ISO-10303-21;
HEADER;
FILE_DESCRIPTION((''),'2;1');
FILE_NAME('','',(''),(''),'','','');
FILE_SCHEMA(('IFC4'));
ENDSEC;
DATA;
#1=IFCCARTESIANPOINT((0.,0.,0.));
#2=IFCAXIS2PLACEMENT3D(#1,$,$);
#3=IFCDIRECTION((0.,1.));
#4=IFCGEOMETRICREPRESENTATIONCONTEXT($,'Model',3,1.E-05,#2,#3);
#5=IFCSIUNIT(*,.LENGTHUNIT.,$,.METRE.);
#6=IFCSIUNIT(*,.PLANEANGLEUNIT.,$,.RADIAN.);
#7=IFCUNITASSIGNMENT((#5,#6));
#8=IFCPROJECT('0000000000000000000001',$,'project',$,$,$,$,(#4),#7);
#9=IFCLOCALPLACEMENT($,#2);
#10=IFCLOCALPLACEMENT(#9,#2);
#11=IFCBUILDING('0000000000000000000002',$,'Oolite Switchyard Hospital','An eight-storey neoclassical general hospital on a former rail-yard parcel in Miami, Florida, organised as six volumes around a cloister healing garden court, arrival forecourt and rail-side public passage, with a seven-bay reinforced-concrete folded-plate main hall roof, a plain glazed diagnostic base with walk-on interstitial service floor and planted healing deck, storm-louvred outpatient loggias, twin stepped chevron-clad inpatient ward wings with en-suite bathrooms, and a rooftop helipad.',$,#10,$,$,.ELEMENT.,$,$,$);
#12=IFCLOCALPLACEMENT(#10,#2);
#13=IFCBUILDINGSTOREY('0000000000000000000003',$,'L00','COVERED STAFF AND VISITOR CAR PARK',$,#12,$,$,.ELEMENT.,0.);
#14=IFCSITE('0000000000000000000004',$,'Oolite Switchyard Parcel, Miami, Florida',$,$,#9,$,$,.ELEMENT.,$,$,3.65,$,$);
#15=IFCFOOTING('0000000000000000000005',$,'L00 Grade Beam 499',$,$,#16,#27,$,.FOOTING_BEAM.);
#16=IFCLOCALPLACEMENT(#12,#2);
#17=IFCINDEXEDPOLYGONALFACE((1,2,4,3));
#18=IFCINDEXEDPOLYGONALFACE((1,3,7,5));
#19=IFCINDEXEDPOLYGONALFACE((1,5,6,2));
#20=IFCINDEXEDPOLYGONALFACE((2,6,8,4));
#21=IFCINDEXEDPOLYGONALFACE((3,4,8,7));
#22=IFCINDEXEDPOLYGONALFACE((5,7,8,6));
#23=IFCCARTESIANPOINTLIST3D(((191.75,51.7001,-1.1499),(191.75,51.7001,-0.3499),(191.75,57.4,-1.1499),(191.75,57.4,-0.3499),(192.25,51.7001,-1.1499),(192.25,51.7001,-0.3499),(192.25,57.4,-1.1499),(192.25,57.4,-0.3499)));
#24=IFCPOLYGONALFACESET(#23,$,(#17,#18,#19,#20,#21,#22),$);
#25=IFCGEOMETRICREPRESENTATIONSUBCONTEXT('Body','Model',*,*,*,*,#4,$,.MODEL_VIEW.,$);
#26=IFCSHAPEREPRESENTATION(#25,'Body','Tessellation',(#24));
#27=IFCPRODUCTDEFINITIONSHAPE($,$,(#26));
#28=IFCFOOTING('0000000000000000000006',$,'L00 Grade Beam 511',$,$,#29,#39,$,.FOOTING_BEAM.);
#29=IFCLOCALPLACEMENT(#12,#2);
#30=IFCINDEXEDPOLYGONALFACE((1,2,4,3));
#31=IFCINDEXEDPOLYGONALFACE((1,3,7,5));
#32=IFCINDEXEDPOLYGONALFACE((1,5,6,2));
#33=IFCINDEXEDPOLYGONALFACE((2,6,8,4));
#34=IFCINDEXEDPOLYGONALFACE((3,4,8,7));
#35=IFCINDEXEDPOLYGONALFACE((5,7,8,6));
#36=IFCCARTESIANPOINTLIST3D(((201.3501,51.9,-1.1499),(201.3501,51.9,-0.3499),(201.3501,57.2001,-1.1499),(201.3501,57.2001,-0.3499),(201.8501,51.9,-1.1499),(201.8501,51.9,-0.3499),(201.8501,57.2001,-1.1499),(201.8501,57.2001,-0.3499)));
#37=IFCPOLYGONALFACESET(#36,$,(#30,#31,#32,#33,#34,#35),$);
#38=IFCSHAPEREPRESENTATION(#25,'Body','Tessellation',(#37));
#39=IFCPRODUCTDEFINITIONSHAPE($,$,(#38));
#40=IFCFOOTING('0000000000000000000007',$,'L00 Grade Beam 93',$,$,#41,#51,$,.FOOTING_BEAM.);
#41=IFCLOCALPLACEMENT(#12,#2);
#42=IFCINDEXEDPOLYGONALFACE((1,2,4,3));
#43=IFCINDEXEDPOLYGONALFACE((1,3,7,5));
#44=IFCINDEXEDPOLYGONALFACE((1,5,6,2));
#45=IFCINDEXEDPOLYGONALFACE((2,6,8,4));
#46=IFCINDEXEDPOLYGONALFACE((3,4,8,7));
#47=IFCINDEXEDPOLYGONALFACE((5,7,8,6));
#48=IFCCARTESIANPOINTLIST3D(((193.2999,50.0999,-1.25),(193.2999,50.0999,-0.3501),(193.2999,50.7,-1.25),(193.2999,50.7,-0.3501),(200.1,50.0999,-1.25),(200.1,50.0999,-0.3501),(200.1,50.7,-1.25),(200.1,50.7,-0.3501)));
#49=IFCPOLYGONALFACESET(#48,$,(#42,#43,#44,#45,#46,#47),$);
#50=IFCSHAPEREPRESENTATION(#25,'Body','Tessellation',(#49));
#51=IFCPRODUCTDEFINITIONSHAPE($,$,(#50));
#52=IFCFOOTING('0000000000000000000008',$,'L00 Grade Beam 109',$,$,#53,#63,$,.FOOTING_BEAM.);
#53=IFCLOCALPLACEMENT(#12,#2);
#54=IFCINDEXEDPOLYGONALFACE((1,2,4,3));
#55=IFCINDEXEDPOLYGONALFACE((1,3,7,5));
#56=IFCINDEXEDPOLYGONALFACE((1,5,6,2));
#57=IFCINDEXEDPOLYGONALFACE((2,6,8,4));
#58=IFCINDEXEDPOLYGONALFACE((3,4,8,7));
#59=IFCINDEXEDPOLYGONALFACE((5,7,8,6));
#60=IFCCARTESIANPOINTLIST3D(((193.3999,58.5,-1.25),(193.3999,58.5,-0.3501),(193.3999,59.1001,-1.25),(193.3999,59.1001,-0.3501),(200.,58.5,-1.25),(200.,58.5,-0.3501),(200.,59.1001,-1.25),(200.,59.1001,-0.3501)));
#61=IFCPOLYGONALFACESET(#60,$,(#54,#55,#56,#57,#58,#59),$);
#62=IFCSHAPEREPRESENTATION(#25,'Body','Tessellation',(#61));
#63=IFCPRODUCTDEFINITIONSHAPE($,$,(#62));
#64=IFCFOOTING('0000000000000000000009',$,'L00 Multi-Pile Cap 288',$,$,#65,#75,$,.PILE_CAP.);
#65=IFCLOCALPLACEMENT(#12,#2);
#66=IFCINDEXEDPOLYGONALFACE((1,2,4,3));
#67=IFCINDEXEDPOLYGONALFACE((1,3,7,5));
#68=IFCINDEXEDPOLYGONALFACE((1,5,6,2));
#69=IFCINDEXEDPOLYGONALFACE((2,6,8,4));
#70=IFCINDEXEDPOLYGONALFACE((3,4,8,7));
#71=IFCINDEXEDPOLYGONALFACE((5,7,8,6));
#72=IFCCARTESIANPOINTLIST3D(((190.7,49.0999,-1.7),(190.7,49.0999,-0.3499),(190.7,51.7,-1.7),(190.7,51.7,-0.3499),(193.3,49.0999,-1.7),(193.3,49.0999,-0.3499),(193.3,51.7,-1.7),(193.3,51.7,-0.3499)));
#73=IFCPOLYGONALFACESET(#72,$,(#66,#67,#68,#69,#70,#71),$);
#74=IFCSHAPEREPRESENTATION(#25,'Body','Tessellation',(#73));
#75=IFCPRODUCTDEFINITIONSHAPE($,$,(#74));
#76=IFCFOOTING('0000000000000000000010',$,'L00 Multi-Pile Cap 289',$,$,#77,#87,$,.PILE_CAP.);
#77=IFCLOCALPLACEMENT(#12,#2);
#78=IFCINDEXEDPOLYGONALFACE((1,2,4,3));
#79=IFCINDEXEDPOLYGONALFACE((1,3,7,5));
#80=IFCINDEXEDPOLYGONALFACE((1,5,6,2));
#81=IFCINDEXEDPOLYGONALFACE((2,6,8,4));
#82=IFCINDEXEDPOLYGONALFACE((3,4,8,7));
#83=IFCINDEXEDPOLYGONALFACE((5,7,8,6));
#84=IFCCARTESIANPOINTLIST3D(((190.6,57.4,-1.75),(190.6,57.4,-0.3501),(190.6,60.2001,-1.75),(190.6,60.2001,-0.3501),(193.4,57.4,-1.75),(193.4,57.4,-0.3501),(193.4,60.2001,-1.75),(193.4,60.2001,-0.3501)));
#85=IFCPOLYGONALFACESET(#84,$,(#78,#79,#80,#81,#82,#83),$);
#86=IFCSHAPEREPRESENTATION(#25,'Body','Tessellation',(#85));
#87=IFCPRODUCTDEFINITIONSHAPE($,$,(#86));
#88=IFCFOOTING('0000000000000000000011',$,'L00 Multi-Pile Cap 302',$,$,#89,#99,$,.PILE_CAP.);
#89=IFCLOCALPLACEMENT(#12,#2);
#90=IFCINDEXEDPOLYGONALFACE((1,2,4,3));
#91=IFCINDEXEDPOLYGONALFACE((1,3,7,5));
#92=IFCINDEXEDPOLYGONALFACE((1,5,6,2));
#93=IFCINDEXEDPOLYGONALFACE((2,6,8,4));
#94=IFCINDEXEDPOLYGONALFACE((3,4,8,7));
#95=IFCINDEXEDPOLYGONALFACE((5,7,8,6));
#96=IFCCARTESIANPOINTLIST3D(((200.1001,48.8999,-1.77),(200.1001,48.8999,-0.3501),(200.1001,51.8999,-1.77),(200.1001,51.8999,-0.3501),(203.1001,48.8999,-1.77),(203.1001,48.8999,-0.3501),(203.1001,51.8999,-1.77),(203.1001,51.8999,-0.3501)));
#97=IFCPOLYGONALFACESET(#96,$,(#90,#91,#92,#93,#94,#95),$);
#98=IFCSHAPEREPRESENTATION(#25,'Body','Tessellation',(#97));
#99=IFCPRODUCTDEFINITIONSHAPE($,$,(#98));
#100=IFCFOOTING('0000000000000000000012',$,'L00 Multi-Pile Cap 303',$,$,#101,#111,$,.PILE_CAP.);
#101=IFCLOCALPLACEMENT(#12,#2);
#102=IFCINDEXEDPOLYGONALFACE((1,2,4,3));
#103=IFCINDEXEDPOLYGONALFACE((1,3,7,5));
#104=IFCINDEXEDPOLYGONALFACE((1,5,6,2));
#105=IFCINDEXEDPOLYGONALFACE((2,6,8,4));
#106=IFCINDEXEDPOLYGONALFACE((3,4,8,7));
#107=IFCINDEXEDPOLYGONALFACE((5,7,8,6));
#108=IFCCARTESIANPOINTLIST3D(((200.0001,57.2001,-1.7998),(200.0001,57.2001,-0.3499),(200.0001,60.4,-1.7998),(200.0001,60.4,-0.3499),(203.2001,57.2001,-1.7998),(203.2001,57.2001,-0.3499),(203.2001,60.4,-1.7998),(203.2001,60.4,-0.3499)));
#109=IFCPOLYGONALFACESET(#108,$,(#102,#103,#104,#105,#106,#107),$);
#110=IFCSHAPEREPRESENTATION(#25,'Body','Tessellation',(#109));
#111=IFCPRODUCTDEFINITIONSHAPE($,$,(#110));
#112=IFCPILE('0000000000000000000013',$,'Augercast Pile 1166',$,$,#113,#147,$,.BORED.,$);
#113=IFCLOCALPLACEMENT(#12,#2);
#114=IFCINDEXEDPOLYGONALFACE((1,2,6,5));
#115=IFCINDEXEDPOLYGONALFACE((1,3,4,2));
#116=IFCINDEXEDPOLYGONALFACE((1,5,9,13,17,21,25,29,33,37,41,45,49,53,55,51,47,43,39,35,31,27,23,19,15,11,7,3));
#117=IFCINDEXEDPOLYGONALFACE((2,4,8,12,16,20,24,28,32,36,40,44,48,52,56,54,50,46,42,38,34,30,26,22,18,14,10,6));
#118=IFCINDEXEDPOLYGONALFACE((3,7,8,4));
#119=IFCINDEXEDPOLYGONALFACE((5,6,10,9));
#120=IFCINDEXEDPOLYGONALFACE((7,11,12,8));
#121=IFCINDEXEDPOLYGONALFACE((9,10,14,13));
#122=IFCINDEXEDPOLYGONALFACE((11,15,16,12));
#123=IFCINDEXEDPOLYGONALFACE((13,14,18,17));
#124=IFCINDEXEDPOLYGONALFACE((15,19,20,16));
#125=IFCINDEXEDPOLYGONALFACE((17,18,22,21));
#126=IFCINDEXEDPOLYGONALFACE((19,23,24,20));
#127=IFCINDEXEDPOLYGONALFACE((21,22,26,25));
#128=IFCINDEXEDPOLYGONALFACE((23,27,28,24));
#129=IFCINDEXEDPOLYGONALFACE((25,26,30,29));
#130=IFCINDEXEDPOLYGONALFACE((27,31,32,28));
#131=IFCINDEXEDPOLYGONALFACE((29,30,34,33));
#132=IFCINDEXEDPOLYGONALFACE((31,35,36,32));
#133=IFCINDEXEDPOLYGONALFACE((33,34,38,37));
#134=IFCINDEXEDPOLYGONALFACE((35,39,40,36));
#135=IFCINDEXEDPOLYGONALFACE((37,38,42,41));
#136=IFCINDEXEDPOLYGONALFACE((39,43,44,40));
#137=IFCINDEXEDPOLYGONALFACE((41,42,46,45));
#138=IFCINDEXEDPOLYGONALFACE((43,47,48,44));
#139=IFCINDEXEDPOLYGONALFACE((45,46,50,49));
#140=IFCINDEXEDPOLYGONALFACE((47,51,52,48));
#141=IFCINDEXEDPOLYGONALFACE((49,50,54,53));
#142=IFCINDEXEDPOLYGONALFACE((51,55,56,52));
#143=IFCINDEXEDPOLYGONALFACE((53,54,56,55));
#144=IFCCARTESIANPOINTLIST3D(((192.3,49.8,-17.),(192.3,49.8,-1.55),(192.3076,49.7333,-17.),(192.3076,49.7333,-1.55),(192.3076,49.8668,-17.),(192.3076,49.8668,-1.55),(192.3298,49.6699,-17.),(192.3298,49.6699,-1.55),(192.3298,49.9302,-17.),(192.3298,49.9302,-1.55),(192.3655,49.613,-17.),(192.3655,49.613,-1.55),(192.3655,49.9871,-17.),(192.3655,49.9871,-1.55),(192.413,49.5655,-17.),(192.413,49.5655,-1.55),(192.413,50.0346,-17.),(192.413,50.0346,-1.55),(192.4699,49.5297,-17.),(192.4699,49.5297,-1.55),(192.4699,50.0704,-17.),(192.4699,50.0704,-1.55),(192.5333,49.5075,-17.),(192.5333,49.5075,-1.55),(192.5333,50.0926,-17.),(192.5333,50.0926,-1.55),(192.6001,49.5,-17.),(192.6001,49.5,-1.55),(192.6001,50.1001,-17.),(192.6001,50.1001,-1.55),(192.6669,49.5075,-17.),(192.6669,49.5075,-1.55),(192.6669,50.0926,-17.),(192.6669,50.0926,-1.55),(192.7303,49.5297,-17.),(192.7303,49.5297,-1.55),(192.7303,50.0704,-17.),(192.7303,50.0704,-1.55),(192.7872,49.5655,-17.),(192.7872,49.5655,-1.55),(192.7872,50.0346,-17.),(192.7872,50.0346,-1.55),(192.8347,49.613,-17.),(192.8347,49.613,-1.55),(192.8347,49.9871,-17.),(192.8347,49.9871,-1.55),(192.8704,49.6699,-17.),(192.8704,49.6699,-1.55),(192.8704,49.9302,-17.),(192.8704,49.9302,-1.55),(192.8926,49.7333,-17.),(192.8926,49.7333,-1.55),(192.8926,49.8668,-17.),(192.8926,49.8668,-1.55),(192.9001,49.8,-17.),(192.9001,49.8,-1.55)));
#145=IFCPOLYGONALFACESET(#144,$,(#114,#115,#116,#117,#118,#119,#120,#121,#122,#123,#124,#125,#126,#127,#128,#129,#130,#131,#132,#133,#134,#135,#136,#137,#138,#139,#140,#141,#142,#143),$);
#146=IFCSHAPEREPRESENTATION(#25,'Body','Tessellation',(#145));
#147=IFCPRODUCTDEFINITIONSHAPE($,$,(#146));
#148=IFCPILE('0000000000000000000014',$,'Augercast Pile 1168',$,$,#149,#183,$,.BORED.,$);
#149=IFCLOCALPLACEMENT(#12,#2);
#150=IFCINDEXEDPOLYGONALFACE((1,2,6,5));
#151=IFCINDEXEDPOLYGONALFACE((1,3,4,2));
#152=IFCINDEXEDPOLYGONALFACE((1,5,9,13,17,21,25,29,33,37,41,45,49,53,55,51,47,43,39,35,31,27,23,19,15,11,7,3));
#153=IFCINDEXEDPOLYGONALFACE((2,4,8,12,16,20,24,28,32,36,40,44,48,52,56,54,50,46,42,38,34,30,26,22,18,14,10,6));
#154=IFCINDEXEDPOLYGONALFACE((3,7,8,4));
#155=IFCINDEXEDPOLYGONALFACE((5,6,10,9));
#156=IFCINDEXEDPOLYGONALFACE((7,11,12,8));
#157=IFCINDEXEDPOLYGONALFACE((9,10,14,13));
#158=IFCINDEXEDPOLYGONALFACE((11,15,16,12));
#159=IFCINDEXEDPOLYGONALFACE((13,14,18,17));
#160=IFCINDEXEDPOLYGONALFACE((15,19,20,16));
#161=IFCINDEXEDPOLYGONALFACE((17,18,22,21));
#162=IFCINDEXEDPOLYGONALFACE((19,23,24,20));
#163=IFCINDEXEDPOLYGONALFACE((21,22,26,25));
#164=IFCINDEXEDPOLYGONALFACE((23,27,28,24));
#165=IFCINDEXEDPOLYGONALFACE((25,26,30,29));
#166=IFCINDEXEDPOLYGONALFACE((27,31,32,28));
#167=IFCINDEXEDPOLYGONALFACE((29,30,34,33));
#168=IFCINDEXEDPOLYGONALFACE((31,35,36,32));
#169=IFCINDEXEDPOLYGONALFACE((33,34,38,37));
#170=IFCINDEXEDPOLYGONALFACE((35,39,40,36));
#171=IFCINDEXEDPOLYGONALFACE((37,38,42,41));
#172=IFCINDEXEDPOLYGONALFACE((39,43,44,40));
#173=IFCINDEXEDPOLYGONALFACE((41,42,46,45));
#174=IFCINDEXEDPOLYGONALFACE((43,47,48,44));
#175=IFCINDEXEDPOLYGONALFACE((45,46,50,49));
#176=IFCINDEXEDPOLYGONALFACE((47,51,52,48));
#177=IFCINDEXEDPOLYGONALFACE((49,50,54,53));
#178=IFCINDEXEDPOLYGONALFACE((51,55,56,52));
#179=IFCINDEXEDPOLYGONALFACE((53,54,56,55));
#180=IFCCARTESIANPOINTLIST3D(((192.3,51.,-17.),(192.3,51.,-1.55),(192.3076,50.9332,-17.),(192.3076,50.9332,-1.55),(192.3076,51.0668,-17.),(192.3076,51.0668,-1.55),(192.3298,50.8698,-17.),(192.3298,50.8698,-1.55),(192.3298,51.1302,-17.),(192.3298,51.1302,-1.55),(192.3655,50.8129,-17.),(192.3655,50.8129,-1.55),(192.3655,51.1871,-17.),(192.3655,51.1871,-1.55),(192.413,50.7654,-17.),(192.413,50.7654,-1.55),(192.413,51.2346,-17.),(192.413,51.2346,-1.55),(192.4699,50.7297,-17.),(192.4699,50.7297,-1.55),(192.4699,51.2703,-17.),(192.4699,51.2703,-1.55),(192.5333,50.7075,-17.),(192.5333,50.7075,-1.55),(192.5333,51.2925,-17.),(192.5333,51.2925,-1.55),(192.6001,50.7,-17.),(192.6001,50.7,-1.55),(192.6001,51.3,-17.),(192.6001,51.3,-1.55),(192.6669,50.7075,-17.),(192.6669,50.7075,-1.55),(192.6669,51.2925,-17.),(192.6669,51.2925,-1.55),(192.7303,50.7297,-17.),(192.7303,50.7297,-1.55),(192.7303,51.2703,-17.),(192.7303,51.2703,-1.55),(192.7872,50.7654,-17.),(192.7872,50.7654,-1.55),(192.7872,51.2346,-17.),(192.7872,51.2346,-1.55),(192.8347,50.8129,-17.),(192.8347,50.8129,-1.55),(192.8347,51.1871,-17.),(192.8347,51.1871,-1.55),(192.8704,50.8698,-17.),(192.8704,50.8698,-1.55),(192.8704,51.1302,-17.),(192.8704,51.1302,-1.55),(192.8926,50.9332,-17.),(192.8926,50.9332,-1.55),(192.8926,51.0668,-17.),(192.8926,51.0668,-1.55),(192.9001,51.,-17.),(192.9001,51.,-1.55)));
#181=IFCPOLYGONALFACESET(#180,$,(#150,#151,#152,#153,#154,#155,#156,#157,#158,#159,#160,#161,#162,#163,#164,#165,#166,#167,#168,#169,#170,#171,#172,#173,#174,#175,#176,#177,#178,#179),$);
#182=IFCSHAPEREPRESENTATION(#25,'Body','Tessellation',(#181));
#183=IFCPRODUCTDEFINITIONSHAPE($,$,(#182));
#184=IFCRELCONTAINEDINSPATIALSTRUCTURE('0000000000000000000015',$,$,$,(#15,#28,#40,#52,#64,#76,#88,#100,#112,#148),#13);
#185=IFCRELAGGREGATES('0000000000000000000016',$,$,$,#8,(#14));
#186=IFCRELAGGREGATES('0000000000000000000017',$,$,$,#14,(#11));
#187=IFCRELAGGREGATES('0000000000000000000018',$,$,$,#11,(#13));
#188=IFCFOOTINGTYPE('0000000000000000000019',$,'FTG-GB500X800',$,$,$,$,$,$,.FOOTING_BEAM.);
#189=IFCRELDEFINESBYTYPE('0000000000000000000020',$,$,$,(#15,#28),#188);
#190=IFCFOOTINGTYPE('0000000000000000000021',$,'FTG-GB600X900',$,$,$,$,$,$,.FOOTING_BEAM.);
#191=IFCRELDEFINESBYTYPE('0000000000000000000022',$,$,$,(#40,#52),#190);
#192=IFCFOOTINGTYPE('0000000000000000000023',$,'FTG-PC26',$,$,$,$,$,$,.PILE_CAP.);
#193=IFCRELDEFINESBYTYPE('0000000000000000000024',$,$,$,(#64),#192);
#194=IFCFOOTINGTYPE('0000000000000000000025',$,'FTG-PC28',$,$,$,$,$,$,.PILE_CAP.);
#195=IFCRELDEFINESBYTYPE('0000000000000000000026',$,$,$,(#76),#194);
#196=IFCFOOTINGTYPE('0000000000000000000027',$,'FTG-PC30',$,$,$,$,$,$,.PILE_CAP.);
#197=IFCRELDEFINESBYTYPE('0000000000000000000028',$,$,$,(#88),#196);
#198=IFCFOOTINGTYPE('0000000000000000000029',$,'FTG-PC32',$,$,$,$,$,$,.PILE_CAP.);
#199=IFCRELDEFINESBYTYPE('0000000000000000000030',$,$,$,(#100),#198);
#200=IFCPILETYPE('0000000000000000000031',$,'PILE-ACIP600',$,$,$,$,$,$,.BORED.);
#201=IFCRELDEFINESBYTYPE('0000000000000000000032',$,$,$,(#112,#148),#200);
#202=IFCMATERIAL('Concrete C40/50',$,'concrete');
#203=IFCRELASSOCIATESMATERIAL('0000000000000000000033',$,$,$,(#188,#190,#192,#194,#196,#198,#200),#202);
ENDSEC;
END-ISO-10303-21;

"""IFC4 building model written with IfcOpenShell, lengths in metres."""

from ifc_helpers import new_model, si_unit, direction, frame, origin, origin_2d, place, context, subcontext, project, spatial, rectangle, circle, extrude, material, material_profile, profile_set, type_object, element, save


model = new_model("IFC4")

# Units and contexts
model_context = context("Model", 3, precision=1e-05, world=origin(), true_north=direction((0.0, 1.0)))
body_context = subcontext(model_context, "Body", "Model", "MODEL_VIEW")
ifc_project = project(units=[si_unit("LENGTHUNIT", "METRE"), si_unit("PLANEANGLEUNIT", "RADIAN")], contexts=[model_context])

# Site, building, storey
site_placement = place(None, origin())
site = spatial("IfcSite", under=ifc_project, at=site_placement, Name="Oolite Switchyard Parcel, Miami, Florida", CompositionType="ELEMENT", RefElevation=3.65)
building_placement = place(site_placement, origin())
building = spatial("IfcBuilding", under=site, at=building_placement, Name="Oolite Switchyard Hospital", Description="An eight-storey neoclassical general hospital on a former rail-yard parcel in Miami, Florida, organised as six volumes around a cloister healing garden court, arrival forecourt and rail-side public passage, with a seven-bay reinforced-concrete folded-plate main hall roof, a plain glazed diagnostic base with walk-on interstitial service floor and planted healing deck, storm-louvred outpatient loggias, twin stepped chevron-clad inpatient ward wings with en-suite bathrooms, and a rooftop helipad.", CompositionType="ELEMENT")
storey_placement = place(building_placement, origin())
storey = spatial("IfcBuildingStorey", under=building, at=storey_placement, Name="L00", Description="COVERED STAFF AND VISITOR CAR PARK", CompositionType="ELEMENT", Elevation=0.0)

# Footings
ifc_material_1 = material(Name="Concrete C40/50", Category="concrete")
footing_type_1 = type_object("IfcFootingType", Name="FTG-GB500X800", PredefinedType="FOOTING_BEAM", material=ifc_material_1)
footing_1_placement = place(storey_placement, frame((192.0, 54.55, -1.1499), z_axis=(0.0, 0.0, 1.0), x_axis=(0.0, 1.0, 0.0)))
element("IfcFooting", 1, at=footing_1_placement, inside=storey, type_object=footing_type_1, Name="L00 Grade Beam 499", PredefinedType="FOOTING_BEAM", context=body_context, shape_type="SweptSolid", body=[
    extrude(rectangle(XDim=5.7, YDim=0.5, at=origin_2d()), origin(), (0.0, 0.0, 1.0), 0.8),
])
footing_2_placement = place(storey_placement, frame((201.6001, 54.55, -1.1499), z_axis=(0.0, 0.0, 1.0), x_axis=(0.0, 1.0, 0.0)))
element("IfcFooting", 2, at=footing_2_placement, inside=storey, type_object=footing_type_1, Name="L00 Grade Beam 511", PredefinedType="FOOTING_BEAM", context=body_context, shape_type="SweptSolid", body=[
    extrude(rectangle(XDim=5.3, YDim=0.5, at=origin_2d()), origin(), (0.0, 0.0, 1.0), 0.8),
])
footing_type_2 = type_object("IfcFootingType", Name="FTG-GB600X900", PredefinedType="FOOTING_BEAM", material=ifc_material_1)
footing_3_placement = place(storey_placement, frame((196.7, 50.3999, -1.25), z_axis=(0.0, 0.0, 1.0), x_axis=(1.0, 0.0, 0.0)))
element("IfcFooting", 3, at=footing_3_placement, inside=storey, type_object=footing_type_2, Name="L00 Grade Beam 93", PredefinedType="FOOTING_BEAM", context=body_context, shape_type="SweptSolid", body=[
    extrude(rectangle(XDim=6.8, YDim=0.6001, at=origin_2d()), origin(), (0.0, 0.0, 1.0), 0.8999),
])
footing_4_placement = place(storey_placement, frame((196.7, 58.8, -1.25), z_axis=(0.0, 0.0, 1.0), x_axis=(1.0, 0.0, 0.0)))
element("IfcFooting", 4, at=footing_4_placement, inside=storey, type_object=footing_type_2, Name="L00 Grade Beam 109", PredefinedType="FOOTING_BEAM", context=body_context, shape_type="SweptSolid", body=[
    extrude(rectangle(XDim=6.6001, YDim=0.6001, at=origin_2d()), origin(), (0.0, 0.0, 1.0), 0.8999),
])
footing_type_3 = type_object("IfcFootingType", Name="FTG-PC26", PredefinedType="PILE_CAP", material=ifc_material_1)
footing_5_placement = place(storey_placement, frame((192.0, 50.3999, -1.7), z_axis=(0.0, 0.0, 1.0), x_axis=(1.0, 0.0, 0.0)))
element("IfcFooting", 5, at=footing_5_placement, inside=storey, type_object=footing_type_3, Name="L00 Multi-Pile Cap 288", PredefinedType="PILE_CAP", context=body_context, shape_type="SweptSolid", body=[
    extrude(rectangle(XDim=2.6001, YDim=2.6001, at=origin_2d()), origin(), (0.0, 0.0, 1.0), 1.3501),
])
footing_type_4 = type_object("IfcFootingType", Name="FTG-PC28", PredefinedType="PILE_CAP", material=ifc_material_1)
footing_6_placement = place(storey_placement, frame((192.0, 58.8, -1.75), z_axis=(0.0, 0.0, 1.0), x_axis=(1.0, 0.0, 0.0)))
element("IfcFooting", 6, at=footing_6_placement, inside=storey, type_object=footing_type_4, Name="L00 Multi-Pile Cap 289", PredefinedType="PILE_CAP", context=body_context, shape_type="SweptSolid", body=[
    extrude(rectangle(XDim=2.8, YDim=2.8, at=origin_2d()), origin(), (0.0, 0.0, 1.0), 1.3999),
])
footing_type_5 = type_object("IfcFootingType", Name="FTG-PC30", PredefinedType="PILE_CAP", material=ifc_material_1)
footing_7_placement = place(storey_placement, frame((201.6001, 50.3999, -1.77), z_axis=(0.0, 0.0, 1.0), x_axis=(1.0, 0.0, 0.0)))
element("IfcFooting", 7, at=footing_7_placement, inside=storey, type_object=footing_type_5, Name="L00 Multi-Pile Cap 302", PredefinedType="PILE_CAP", context=body_context, shape_type="SweptSolid", body=[
    extrude(rectangle(XDim=3.0, YDim=3.0, at=origin_2d()), origin(), (0.0, 0.0, 1.0), 1.4199),
])
footing_type_6 = type_object("IfcFootingType", Name="FTG-PC32", PredefinedType="PILE_CAP", material=ifc_material_1)
footing_8_placement = place(storey_placement, frame((201.6001, 58.8, -1.7998), z_axis=(0.0, 0.0, 1.0), x_axis=(1.0, 0.0, 0.0)))
element("IfcFooting", 8, at=footing_8_placement, inside=storey, type_object=footing_type_6, Name="L00 Multi-Pile Cap 303", PredefinedType="PILE_CAP", context=body_context, shape_type="SweptSolid", body=[
    extrude(rectangle(XDim=3.2, YDim=3.2, at=origin_2d()), origin(), (0.0, 0.0, 1.0), 1.45),
])

# Piles
ifc_material_profile_1 = material_profile(ifc_material_1, circle(Radius=0.3, at=origin_2d()), Name="PILE600")
ifc_profile_set_1 = profile_set([ifc_material_profile_1], Name="Concrete C40/50")
pile_type = type_object("IfcPileType", Name="PILE-ACIP600", PredefinedType="BORED", material=ifc_profile_set_1)
for number, where, z_axis, x_axis, name in (
    (9, (192.6001, 49.8, -1.55), (0.0, 0.0, -1.0), (1.0, 0.0, 0.0), "Augercast Pile 1166"),
    (10, (192.6001, 51.0, -1.55), (0.0, 0.0, -1.0), (1.0, 0.0, 0.0), "Augercast Pile 1168"),
):
    element("IfcPile", number, at=place(storey_placement, frame(where, z_axis=z_axis, x_axis=x_axis)), inside=storey, type_object=pile_type, Name=name, PredefinedType="BORED", context=body_context, shape_type="SweptSolid", body=[
        extrude(circle(Radius=0.3, at=origin_2d()), origin(), (0.0, 0.0, 1.0), 15.45),
    ])

save(model, "model.ifc")
